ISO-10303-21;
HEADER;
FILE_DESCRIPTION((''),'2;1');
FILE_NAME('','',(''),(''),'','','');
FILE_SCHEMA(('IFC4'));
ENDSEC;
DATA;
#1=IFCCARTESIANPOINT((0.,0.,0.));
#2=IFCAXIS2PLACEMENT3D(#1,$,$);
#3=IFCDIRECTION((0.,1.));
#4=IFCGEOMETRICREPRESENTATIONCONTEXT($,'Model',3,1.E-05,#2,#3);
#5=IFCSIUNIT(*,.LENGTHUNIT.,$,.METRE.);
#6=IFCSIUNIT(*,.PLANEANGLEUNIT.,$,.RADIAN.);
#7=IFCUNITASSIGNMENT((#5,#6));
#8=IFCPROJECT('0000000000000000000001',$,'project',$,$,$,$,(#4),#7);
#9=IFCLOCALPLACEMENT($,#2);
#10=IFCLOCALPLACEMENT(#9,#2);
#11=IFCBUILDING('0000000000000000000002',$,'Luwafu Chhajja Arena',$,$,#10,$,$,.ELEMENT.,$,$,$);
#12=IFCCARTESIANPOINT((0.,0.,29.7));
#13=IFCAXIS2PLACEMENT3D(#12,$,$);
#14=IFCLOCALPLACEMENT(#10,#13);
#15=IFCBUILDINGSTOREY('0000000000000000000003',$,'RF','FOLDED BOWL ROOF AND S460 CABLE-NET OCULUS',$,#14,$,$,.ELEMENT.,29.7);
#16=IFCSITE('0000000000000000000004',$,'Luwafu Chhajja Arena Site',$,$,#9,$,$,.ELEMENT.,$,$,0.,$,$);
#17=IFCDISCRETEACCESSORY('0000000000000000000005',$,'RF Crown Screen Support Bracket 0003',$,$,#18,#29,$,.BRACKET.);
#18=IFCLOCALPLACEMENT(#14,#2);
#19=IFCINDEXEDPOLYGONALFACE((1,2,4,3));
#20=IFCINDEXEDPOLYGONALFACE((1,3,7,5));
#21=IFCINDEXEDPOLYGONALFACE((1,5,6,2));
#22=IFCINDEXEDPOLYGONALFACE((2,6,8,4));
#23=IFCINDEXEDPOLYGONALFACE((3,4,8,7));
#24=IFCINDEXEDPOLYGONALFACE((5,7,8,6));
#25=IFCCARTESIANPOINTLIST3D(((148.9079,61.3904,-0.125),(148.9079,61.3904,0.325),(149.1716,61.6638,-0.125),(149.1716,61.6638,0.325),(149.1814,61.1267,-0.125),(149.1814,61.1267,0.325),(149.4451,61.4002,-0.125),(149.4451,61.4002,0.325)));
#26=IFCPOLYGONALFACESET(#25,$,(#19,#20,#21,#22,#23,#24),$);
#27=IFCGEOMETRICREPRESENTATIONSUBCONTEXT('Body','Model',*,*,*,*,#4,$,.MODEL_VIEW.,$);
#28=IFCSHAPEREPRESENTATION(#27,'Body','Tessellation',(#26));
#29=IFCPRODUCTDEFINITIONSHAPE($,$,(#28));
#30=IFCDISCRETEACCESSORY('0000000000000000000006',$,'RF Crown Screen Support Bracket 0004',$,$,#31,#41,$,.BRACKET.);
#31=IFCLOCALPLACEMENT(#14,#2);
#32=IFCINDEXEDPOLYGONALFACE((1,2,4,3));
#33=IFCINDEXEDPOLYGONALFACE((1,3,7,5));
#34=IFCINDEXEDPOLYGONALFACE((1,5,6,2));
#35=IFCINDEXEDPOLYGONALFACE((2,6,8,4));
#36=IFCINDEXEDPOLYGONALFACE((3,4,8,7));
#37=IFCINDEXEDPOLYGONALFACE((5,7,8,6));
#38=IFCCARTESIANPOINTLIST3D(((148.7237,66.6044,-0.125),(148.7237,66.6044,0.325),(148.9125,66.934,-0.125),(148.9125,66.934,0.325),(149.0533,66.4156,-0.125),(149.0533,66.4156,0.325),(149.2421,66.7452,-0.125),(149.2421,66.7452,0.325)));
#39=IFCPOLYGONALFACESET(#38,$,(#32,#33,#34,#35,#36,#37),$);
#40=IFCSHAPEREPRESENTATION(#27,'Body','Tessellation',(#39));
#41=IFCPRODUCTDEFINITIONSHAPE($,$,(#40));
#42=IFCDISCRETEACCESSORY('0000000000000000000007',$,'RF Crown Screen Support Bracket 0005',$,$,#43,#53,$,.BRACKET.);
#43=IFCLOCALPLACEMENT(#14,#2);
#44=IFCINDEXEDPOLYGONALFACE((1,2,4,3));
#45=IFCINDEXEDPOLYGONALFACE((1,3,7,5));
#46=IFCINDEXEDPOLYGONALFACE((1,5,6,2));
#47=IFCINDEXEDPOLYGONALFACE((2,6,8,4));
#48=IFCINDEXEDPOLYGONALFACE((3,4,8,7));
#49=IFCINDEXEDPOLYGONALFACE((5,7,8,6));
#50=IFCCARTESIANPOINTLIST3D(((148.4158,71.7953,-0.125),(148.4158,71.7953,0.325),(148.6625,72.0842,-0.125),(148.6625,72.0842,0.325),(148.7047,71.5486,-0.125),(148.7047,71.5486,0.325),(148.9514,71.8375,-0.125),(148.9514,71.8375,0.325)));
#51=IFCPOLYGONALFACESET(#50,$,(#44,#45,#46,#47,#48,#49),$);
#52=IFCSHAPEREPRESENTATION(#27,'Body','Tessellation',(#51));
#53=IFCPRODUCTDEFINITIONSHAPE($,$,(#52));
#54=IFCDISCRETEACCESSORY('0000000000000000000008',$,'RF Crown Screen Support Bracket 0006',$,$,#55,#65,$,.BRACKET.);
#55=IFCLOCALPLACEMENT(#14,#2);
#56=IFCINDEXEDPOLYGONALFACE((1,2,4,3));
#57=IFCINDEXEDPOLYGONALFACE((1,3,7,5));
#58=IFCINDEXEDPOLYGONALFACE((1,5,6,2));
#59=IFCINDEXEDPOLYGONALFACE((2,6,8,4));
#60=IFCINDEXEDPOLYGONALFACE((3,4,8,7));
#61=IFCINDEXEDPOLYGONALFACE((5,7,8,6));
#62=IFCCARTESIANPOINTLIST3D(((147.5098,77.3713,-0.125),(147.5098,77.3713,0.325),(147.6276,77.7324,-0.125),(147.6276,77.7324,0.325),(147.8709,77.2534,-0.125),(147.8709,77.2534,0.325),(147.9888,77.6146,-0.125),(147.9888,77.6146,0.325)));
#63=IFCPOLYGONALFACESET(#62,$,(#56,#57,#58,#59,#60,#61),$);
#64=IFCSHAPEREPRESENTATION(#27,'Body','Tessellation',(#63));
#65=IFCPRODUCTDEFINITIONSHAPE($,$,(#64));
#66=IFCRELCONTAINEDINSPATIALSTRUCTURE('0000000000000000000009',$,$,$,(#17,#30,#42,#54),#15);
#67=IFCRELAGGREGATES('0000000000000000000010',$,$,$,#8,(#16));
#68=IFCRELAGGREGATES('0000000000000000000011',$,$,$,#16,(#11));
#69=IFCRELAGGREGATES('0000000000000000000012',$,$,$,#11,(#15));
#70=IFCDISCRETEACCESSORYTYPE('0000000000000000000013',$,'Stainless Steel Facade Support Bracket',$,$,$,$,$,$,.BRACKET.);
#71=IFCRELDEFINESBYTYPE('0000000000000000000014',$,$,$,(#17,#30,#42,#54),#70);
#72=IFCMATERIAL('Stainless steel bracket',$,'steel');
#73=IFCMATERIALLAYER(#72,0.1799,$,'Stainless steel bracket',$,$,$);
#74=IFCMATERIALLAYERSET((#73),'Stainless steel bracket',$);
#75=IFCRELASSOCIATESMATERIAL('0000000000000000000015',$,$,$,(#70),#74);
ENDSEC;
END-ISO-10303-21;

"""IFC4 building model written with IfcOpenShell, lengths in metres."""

from ifc_helpers import new_model, si_unit, direction, frame, origin, origin_2d, place, context, subcontext, project, spatial, rectangle, extrude, material, layer, layer_set, type_object, element, save


model = new_model("IFC4")

# Units and contexts
model_context = context("Model", 3, precision=1e-05, world=origin(), true_north=direction((0.0, 1.0)))
body_context = subcontext(model_context, "Body", "Model", "MODEL_VIEW")
ifc_project = project(units=[si_unit("LENGTHUNIT", "METRE"), si_unit("PLANEANGLEUNIT", "RADIAN")], contexts=[model_context])

# Site, building, storey
site_placement = place(None, origin())
site = spatial("IfcSite", under=ifc_project, at=site_placement, Name="Luwafu Chhajja Arena Site", CompositionType="ELEMENT", RefElevation=0.0)
building_placement = place(site_placement, origin())
building = spatial("IfcBuilding", under=site, at=building_placement, Name="Luwafu Chhajja Arena", CompositionType="ELEMENT")
storey_placement = place(building_placement, frame((0.0, 0.0, 29.7)))
storey = spatial("IfcBuildingStorey", under=building, at=storey_placement, Name="RF", Description="FOLDED BOWL ROOF AND S460 CABLE-NET OCULUS", CompositionType="ELEMENT", Elevation=29.7)

# Discrete accessories
ifc_material_1 = material(Name="Stainless steel bracket", Category="steel")
ifc_layer_1 = layer(ifc_material_1, 0.1799, Name="Stainless steel bracket")
ifc_layer_set_1 = layer_set([ifc_layer_1], Name="Stainless steel bracket")
discrete_accessory_type = type_object("IfcDiscreteAccessoryType", Name="Stainless Steel Facade Support Bracket", PredefinedType="BRACKET", material=ifc_layer_set_1)
for number, where, z_axis, x_axis, name in (
    (1, (149.1765, 61.3953, -0.125), (0.0, 0.0, 1.0), (-0.719888, 0.69409, 0.0), "RF Crown Screen Support Bracket 0003"),
    (2, (148.9829, 66.6748, -0.125), (0.0, 0.0, 1.0), (0.497201, 0.867635, 0.0), "RF Crown Screen Support Bracket 0004"),
    (3, (148.6836, 71.8164, -0.125), (0.0, 0.0, 1.0), (-0.760439, 0.64941, 0.0), "RF Crown Screen Support Bracket 0005"),
    (4, (147.7493, 77.4929, -0.125), (0.0, 0.0, 1.0), (0.310226, 0.950663, 0.0), "RF Crown Screen Support Bracket 0006"),
):
    element("IfcDiscreteAccessory", number, at=place(storey_placement, frame(where, z_axis=z_axis, x_axis=x_axis)), inside=storey, type_object=discrete_accessory_type, Name=name, PredefinedType="BRACKET", context=body_context, shape_type="SweptSolid", body=[
        extrude(rectangle(XDim=0.3799, YDim=0.3799, at=origin_2d()), origin(), (0.0, 0.0, 1.0), 0.45),
    ])

save(model, "model.ifc")
